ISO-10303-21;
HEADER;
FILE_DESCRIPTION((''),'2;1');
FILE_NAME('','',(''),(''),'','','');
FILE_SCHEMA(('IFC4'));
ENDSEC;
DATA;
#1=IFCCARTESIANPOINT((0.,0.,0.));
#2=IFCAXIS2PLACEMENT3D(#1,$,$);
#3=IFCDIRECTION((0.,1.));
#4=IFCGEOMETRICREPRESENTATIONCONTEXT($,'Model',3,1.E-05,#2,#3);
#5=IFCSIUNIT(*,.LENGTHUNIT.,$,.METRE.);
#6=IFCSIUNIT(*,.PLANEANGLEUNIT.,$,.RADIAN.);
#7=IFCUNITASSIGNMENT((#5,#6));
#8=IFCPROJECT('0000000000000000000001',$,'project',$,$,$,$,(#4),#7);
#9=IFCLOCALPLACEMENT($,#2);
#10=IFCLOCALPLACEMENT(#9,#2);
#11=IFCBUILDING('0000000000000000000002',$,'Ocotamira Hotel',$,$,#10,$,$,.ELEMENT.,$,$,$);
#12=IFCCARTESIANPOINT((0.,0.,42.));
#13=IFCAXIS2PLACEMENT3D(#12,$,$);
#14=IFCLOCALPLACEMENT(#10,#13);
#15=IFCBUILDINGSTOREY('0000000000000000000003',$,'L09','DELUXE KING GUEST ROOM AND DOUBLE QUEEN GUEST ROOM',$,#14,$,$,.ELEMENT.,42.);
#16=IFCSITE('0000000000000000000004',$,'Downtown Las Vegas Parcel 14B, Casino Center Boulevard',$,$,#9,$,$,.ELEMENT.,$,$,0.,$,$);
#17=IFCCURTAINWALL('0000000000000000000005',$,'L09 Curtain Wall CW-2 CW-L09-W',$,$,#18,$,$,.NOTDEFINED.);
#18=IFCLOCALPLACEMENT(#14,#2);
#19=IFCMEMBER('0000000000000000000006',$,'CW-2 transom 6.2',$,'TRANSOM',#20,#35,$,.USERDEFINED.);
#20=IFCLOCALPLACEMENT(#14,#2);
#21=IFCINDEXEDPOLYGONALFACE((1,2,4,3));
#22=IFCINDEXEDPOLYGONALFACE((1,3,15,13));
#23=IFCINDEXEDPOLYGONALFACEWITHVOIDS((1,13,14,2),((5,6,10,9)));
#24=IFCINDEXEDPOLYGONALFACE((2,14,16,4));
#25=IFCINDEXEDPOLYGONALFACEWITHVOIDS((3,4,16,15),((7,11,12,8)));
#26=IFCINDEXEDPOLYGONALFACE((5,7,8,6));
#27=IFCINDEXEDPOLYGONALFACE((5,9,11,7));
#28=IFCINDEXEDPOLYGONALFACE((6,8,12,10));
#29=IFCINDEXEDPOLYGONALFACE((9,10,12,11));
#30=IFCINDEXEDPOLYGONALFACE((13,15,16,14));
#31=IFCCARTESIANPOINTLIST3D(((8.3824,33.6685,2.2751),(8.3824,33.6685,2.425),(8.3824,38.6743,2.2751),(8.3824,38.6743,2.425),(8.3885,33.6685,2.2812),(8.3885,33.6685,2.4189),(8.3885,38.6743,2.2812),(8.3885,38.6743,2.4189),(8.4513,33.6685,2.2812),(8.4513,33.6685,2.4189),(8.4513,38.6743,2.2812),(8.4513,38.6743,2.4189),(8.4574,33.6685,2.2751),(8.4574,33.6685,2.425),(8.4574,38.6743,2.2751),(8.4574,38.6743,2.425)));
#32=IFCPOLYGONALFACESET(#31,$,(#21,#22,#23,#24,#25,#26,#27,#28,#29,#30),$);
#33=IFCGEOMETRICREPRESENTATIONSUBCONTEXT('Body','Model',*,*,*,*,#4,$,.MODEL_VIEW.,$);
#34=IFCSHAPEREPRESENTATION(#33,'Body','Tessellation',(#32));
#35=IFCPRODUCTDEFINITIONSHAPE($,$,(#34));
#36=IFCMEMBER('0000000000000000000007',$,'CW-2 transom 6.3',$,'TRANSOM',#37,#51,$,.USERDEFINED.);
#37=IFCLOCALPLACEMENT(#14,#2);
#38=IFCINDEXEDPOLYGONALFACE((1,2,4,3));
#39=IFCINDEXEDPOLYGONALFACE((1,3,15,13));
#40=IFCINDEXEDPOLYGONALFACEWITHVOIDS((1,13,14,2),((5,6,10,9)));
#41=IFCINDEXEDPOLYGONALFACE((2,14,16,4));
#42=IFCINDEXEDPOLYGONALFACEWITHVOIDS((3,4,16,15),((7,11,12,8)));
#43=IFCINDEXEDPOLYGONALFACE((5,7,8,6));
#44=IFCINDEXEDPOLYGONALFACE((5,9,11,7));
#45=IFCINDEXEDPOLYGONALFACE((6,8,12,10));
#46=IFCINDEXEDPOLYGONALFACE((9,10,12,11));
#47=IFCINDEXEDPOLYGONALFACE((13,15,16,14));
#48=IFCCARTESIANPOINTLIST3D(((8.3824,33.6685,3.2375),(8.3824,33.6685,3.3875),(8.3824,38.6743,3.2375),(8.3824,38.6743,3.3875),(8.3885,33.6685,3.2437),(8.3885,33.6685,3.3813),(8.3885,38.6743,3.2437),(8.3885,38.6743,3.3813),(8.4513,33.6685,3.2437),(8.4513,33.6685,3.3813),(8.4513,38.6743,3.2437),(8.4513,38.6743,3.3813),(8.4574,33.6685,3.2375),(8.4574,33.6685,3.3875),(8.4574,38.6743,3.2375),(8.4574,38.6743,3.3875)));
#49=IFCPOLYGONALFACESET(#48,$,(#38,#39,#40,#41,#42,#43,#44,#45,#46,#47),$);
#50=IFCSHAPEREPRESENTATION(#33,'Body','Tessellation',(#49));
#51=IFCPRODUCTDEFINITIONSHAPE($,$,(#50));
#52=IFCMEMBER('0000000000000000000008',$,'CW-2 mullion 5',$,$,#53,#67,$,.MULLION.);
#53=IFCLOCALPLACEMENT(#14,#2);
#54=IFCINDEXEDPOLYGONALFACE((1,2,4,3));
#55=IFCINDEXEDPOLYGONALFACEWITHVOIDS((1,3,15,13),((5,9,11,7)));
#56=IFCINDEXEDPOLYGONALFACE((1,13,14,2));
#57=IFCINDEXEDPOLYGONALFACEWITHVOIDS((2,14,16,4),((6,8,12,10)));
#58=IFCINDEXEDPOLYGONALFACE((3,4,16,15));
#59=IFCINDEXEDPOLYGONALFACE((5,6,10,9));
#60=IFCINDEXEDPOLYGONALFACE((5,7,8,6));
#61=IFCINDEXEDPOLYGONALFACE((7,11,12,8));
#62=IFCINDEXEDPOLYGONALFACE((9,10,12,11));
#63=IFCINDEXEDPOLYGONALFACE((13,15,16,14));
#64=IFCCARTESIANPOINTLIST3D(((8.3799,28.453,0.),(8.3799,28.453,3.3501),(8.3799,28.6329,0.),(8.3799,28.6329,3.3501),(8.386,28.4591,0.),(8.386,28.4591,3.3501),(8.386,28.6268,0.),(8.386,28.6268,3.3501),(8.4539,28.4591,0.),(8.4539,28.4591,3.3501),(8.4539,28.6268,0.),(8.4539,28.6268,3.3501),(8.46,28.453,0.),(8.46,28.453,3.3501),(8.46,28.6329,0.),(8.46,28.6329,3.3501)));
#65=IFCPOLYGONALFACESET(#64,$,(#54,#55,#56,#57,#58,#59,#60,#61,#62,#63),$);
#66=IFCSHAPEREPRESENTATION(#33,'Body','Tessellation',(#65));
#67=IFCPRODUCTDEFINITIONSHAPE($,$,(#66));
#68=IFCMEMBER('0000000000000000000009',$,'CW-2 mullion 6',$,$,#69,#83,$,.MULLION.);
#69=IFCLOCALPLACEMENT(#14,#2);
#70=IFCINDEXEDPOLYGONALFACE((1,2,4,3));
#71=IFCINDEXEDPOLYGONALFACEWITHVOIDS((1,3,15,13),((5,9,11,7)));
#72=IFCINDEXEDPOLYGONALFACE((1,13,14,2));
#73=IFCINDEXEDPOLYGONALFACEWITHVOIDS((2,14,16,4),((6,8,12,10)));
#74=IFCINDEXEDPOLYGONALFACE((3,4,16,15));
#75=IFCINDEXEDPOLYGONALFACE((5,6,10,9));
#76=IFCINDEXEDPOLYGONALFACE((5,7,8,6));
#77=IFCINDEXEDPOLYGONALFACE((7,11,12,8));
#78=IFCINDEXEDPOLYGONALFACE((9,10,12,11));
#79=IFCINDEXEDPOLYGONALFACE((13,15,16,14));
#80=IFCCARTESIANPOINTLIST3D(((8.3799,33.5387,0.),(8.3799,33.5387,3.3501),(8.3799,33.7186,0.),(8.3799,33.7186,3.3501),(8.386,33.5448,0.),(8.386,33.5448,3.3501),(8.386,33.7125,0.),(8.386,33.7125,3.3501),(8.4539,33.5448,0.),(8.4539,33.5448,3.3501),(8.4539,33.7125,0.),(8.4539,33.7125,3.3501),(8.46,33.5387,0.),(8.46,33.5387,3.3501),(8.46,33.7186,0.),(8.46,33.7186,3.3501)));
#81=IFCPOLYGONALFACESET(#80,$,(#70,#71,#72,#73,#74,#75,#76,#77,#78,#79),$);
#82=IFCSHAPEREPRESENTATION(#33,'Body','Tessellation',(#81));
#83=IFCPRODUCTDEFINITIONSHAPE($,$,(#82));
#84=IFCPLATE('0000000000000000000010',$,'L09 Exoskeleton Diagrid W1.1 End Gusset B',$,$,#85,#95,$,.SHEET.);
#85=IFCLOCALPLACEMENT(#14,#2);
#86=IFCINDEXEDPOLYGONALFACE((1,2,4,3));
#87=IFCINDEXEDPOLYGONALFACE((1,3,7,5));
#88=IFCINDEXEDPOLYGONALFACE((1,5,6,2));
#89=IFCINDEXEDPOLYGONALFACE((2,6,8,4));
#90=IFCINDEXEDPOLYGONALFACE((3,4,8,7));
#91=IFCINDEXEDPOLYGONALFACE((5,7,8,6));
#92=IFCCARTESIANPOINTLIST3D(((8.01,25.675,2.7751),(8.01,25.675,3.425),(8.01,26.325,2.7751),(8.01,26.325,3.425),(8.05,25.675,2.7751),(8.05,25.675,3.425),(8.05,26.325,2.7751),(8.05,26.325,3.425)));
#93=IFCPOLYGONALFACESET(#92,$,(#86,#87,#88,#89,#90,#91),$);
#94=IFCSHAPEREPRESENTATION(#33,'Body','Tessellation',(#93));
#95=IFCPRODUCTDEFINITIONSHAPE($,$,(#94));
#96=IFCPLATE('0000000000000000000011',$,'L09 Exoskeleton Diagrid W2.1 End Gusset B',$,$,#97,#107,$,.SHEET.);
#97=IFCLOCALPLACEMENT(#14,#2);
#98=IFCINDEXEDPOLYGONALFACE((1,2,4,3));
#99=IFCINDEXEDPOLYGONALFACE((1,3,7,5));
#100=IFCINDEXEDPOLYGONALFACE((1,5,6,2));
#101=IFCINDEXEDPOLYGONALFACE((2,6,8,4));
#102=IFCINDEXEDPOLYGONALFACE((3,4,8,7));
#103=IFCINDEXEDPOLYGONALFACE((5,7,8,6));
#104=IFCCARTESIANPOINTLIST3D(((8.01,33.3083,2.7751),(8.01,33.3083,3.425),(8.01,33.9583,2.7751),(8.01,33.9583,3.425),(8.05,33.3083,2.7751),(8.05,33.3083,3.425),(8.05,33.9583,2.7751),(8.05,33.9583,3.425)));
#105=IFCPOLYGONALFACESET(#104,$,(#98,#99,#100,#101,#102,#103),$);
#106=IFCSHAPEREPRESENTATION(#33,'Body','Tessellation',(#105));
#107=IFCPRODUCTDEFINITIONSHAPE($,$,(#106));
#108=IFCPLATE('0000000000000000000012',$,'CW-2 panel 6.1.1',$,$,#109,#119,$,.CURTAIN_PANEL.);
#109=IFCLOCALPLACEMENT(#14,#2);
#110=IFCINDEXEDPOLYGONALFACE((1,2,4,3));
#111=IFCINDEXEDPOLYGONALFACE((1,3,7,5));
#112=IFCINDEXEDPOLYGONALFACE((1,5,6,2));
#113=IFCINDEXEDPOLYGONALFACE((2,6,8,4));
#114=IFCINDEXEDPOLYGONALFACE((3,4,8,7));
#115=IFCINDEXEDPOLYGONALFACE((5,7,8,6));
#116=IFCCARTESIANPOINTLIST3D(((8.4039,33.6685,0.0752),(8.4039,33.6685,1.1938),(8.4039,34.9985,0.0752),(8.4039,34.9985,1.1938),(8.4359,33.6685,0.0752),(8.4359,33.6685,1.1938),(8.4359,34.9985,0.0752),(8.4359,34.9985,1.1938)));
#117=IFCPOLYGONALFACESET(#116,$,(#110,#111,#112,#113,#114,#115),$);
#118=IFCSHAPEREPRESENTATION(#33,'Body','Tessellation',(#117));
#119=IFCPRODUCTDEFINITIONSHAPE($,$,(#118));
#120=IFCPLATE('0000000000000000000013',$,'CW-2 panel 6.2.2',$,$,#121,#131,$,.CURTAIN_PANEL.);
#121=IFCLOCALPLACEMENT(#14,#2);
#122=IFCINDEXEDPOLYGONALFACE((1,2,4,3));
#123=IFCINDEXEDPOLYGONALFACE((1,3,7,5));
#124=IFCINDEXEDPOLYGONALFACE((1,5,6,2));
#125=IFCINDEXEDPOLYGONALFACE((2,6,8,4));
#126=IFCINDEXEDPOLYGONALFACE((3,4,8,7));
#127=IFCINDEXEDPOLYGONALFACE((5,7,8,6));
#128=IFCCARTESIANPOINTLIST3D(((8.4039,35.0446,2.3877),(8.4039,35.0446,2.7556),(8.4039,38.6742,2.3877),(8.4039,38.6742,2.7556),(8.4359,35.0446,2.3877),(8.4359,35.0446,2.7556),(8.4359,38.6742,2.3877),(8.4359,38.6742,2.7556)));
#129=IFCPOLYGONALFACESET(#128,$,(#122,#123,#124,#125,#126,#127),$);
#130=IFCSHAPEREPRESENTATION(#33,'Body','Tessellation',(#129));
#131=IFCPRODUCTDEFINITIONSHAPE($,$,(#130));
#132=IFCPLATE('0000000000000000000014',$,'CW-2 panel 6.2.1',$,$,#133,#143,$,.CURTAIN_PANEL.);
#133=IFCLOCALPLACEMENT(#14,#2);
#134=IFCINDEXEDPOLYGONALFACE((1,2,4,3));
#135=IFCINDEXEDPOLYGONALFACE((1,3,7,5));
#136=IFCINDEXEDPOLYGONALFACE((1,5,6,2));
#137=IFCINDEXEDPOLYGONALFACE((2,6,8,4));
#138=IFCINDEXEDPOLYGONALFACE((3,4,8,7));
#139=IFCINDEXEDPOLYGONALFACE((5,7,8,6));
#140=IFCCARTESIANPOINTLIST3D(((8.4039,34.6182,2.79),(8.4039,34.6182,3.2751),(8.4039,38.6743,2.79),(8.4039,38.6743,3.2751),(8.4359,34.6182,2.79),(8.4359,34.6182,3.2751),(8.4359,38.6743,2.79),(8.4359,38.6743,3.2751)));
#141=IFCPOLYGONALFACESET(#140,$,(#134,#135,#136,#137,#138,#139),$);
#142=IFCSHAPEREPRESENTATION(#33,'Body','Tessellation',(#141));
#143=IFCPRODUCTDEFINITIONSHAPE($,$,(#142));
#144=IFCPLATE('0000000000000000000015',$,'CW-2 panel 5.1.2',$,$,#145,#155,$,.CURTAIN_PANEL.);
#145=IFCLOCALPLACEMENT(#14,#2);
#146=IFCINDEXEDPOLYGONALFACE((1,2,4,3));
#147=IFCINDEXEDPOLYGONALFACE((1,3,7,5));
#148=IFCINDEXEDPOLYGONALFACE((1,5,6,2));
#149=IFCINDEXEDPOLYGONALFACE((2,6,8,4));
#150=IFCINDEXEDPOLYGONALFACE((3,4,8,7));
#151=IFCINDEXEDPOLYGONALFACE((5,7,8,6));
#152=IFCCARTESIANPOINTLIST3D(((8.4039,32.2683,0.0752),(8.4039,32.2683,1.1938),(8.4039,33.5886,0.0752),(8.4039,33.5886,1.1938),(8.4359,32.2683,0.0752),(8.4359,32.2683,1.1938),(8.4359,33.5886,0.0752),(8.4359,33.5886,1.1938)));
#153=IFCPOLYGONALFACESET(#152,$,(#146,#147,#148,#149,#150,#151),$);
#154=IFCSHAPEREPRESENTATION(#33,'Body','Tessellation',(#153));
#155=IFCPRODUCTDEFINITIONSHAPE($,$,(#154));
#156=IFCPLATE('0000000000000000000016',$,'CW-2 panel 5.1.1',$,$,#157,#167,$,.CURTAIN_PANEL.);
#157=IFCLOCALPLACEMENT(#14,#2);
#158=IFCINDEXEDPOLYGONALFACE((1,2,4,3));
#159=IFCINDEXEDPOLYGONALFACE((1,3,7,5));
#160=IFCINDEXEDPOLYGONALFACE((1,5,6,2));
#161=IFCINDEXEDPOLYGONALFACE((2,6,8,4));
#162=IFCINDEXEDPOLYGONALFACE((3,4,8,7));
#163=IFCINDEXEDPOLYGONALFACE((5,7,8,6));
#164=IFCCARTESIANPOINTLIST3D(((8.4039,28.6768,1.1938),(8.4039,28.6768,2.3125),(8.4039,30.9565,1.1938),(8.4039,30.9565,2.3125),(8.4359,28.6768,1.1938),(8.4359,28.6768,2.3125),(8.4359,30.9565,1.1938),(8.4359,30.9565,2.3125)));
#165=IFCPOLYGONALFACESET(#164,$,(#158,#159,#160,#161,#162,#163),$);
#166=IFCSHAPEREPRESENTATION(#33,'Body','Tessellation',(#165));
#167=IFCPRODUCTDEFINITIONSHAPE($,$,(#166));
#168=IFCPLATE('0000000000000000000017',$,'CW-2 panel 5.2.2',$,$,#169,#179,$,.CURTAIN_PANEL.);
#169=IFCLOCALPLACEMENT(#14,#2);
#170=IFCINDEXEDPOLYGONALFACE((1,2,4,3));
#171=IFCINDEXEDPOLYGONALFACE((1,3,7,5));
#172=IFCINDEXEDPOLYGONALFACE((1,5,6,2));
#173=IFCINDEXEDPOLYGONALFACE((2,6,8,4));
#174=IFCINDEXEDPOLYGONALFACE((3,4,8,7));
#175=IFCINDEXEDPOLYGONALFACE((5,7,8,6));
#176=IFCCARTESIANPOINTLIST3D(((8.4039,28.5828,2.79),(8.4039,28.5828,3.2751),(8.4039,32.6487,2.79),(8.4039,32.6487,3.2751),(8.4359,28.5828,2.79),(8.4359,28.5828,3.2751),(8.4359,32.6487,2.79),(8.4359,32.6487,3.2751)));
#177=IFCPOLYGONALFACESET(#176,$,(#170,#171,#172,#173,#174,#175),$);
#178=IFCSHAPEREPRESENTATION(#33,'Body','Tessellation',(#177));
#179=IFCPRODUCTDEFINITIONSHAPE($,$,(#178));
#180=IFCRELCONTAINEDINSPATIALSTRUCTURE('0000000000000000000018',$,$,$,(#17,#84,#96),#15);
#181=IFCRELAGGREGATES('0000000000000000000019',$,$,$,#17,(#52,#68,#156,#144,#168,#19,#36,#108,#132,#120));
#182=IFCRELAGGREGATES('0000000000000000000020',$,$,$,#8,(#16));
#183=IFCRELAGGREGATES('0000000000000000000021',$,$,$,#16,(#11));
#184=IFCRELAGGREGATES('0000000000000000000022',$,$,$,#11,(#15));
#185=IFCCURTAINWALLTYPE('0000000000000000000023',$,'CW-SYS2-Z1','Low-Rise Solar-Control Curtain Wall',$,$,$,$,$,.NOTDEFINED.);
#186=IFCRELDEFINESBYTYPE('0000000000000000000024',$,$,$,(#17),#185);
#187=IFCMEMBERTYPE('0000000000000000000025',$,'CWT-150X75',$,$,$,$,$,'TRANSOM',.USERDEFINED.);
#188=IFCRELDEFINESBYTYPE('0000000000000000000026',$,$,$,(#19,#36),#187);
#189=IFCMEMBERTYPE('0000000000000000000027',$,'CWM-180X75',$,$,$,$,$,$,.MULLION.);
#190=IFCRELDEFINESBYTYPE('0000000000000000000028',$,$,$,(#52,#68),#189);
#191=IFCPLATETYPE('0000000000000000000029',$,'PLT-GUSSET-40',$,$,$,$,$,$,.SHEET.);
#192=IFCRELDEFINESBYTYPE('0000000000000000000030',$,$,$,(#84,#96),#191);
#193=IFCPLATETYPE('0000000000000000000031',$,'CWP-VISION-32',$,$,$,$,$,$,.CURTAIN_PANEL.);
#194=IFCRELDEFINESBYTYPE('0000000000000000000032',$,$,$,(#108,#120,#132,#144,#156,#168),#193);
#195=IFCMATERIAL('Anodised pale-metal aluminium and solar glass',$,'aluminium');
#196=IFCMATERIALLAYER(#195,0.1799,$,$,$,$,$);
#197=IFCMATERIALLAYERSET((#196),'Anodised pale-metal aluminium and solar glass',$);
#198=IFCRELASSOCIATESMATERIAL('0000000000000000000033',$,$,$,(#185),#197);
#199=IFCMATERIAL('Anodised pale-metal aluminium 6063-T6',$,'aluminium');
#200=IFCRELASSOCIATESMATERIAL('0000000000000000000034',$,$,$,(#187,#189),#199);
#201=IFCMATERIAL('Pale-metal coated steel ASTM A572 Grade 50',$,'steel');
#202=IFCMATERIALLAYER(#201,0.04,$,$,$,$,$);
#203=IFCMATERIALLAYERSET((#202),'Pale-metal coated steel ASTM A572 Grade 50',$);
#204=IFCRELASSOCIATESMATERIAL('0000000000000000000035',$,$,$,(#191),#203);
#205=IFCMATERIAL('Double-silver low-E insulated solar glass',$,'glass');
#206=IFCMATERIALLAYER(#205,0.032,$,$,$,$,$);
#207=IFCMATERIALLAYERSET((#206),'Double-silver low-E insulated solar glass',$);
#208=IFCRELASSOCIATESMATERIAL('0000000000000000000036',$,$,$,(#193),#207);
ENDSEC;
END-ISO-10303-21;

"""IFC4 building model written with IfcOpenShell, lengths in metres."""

from ifc_helpers import new_model, si_unit, direction, frame, origin, origin_2d, place, context, subcontext, project, spatial, rectangle, hollow_rectangle, extrude, source, transform, mapped, material, layer, layer_set, material_profile, profile_set, type_object, element, aggregate, save


model = new_model("IFC4")

# Units and contexts
model_context = context("Model", 3, precision=1e-05, world=origin(), true_north=direction((0.0, 1.0)))
body_context = subcontext(model_context, "Body", "Model", "MODEL_VIEW")
ifc_project = project(units=[si_unit("LENGTHUNIT", "METRE"), si_unit("PLANEANGLEUNIT", "RADIAN")], contexts=[model_context])

# Site, building, storey
site_placement = place(None, origin())
site = spatial("IfcSite", under=ifc_project, at=site_placement, Name="Downtown Las Vegas Parcel 14B, Casino Center Boulevard", CompositionType="ELEMENT", RefElevation=0.0)
building_placement = place(site_placement, origin())
building = spatial("IfcBuilding", under=site, at=building_placement, Name="Ocotamira Hotel", CompositionType="ELEMENT")
storey_placement = place(building_placement, frame((0.0, 0.0, 42.0)))
storey = spatial("IfcBuildingStorey", under=building, at=storey_placement, Name="L09", Description="DELUXE KING GUEST ROOM AND DOUBLE QUEEN GUEST ROOM", CompositionType="ELEMENT", Elevation=42.0)

# Curtain wall, members
ifc_material_1 = material(Name="Anodised pale-metal aluminium and solar glass", Category="aluminium")
ifc_layer_1 = layer(ifc_material_1, 0.1799)
ifc_layer_set_1 = layer_set([ifc_layer_1], Name="Anodised pale-metal aluminium and solar glass")
curtain_wall_type = type_object("IfcCurtainWallType", Name="CW-SYS2-Z1", Description="Low-Rise Solar-Control Curtain Wall", PredefinedType="NOTDEFINED", material=ifc_layer_set_1)
curtain_wall_placement = place(storey_placement, origin())
curtain_wall = element("IfcCurtainWall", 1, at=curtain_wall_placement, inside=storey, type_object=curtain_wall_type, Name="L09 Curtain Wall CW-2 CW-L09-W", PredefinedType="NOTDEFINED")
ifc_material_2 = material(Name="Anodised pale-metal aluminium 6063-T6", Category="aluminium")
ifc_material_profile_1 = material_profile(ifc_material_2, hollow_rectangle(XDim=0.075, YDim=0.1499, WallThickness=0.0061, at=origin_2d()), Name="HSS150X75X6")
ifc_profile_set_1 = profile_set([ifc_material_profile_1], Name="Anodised pale-metal aluminium 6063-T6")
member_type_1 = type_object("IfcMemberType", Name="CWT-150X75", ElementType="TRANSOM", PredefinedType="USERDEFINED", material=ifc_profile_set_1)
shared_shape_1 = source(origin(), body_context, "Body", "SweptSolid", [
    extrude(hollow_rectangle(XDim=0.075, YDim=0.1499, WallThickness=0.0061, at=origin_2d()), origin(), (0.0, 0.0, 1.0), 5.0059),
])
member_1_placement = place(storey_placement, frame((8.4199, 33.6685, 2.3501), z_axis=(0.0, 1.0, 0.0), x_axis=(-1.0, 0.0, 0.0)))
member_1 = element("IfcMember", 2, at=member_1_placement, type_object=member_type_1, Name="CW-2 transom 6.2", ObjectType="TRANSOM", PredefinedType="USERDEFINED", context=body_context, shape_type="MappedRepresentation", body=[
    mapped(shared_shape_1, transform((0.0, 0.0, 0.0), scale=1.0)),
])
member_2_placement = place(storey_placement, frame((8.4199, 33.6685, 3.3125), z_axis=(0.0, 1.0, 0.0), x_axis=(-1.0, 0.0, 0.0)))
member_2 = element("IfcMember", 3, at=member_2_placement, type_object=member_type_1, Name="CW-2 transom 6.3", ObjectType="TRANSOM", PredefinedType="USERDEFINED", context=body_context, shape_type="MappedRepresentation", body=[
    mapped(shared_shape_1, transform((0.0, 0.0, 0.0), scale=1.0)),
])
ifc_material_profile_2 = material_profile(ifc_material_2, hollow_rectangle(XDim=0.0801, YDim=0.1799, WallThickness=0.0061, at=origin_2d()), Name="HSS180X80X6")
ifc_profile_set_2 = profile_set([ifc_material_profile_2], Name="Anodised pale-metal aluminium 6063-T6")
member_type_2 = type_object("IfcMemberType", Name="CWM-180X75", PredefinedType="MULLION", material=ifc_profile_set_2)
shared_shape_2 = source(origin(), body_context, "Body", "SweptSolid", [
    extrude(hollow_rectangle(XDim=0.0801, YDim=0.1799, WallThickness=0.0061, at=origin_2d()), origin(), (0.0, 0.0, 1.0), 3.3501),
])
member_3_placement = place(storey_placement, frame((8.4199, 28.543, 0.0), z_axis=(0.0, 0.0, 1.0), x_axis=(-1.0, 0.0, 0.0)))
member_3 = element("IfcMember", 4, at=member_3_placement, type_object=member_type_2, Name="CW-2 mullion 5", PredefinedType="MULLION", context=body_context, shape_type="MappedRepresentation", body=[
    mapped(shared_shape_2, transform((0.0, 0.0, 0.0), scale=1.0)),
])
member_4_placement = place(storey_placement, frame((8.4199, 33.6287, 0.0), z_axis=(0.0, 0.0, 1.0), x_axis=(-1.0, 0.0, 0.0)))
member_4 = element("IfcMember", 5, at=member_4_placement, type_object=member_type_2, Name="CW-2 mullion 6", PredefinedType="MULLION", context=body_context, shape_type="MappedRepresentation", body=[
    mapped(shared_shape_2, transform((0.0, 0.0, 0.0), scale=1.0)),
])

# Plates
ifc_material_3 = material(Name="Pale-metal coated steel ASTM A572 Grade 50", Category="steel")
ifc_layer_2 = layer(ifc_material_3, 0.04)
ifc_layer_set_2 = layer_set([ifc_layer_2], Name="Pale-metal coated steel ASTM A572 Grade 50")
plate_type_1 = type_object("IfcPlateType", Name="PLT-GUSSET-40", PredefinedType="SHEET", material=ifc_layer_set_2)
shared_shape_3 = source(origin(), body_context, "Body", "SweptSolid", [
    extrude(rectangle(XDim=0.04, YDim=0.6499, at=origin_2d()), origin(), (0.0, 0.0, 1.0), 0.6499),
])
for number, where, z_axis, x_axis, name in (
    (6, (8.03, 26.0, 2.7751), (0.0, 0.0, 1.0), (1.0, 0.0, 0.0), "L09 Exoskeleton Diagrid W1.1 End Gusset B"),
    (7, (8.03, 33.6333, 2.7751), (0.0, 0.0, 1.0), (1.0, 0.0, 0.0), "L09 Exoskeleton Diagrid W2.1 End Gusset B"),
):
    element("IfcPlate", number, at=place(storey_placement, frame(where, z_axis=z_axis, x_axis=x_axis)), inside=storey, type_object=plate_type_1, Name=name, PredefinedType="SHEET", context=body_context, shape_type="MappedRepresentation", body=[
        mapped(shared_shape_3, transform((0.0, 0.0, 0.0), scale=1.0)),
    ])

# Plates
ifc_material_4 = material(Name="Double-silver low-E insulated solar glass", Category="glass")
ifc_layer_3 = layer(ifc_material_4, 0.032)
ifc_layer_set_3 = layer_set([ifc_layer_3], Name="Double-silver low-E insulated solar glass")
plate_type_2 = type_object("IfcPlateType", Name="CWP-VISION-32", PredefinedType="CURTAIN_PANEL", material=ifc_layer_set_3)
shared_shape_4 = source(origin(), body_context, "Body", "SweptSolid", [
    extrude(rectangle(XDim=1.3301, YDim=0.032, at=origin_2d()), origin(), (0.0, 0.0, 1.0), 1.1187),
])
plate_1_placement = place(storey_placement, frame((8.4199, 34.3335, 0.0752), z_axis=(0.0, 0.0, 1.0), x_axis=(0.0, 1.0, 0.0)))
plate_1 = element("IfcPlate", 8, at=plate_1_placement, type_object=plate_type_2, Name="CW-2 panel 6.1.1", PredefinedType="CURTAIN_PANEL", context=body_context, shape_type="MappedRepresentation", body=[
    mapped(shared_shape_4, transform((0.0, 0.0, 0.0), scale=1.0)),
])
shared_shape_5 = source(origin(), body_context, "Body", "SweptSolid", [
    extrude(rectangle(XDim=3.6296, YDim=0.032, at=origin_2d()), origin(), (0.0, 0.0, 1.0), 0.3679),
])
plate_2_placement = place(storey_placement, frame((8.4199, 36.8594, 2.3877), z_axis=(0.0, 0.0, 1.0), x_axis=(0.0, 1.0, 0.0)))
plate_2 = element("IfcPlate", 9, at=plate_2_placement, type_object=plate_type_2, Name="CW-2 panel 6.2.2", PredefinedType="CURTAIN_PANEL", context=body_context, shape_type="MappedRepresentation", body=[
    mapped(shared_shape_5, transform((0.0, 0.0, 0.0), scale=1.0)),
])
shared_shape_6 = source(origin(), body_context, "Body", "SweptSolid", [
    extrude(rectangle(XDim=4.0562, YDim=0.032, at=origin_2d()), origin(), (0.0, 0.0, 1.0), 0.4851),
])
plate_3_placement = place(storey_placement, frame((8.4199, 36.6462, 2.79), z_axis=(0.0, 0.0, 1.0), x_axis=(0.0, 1.0, 0.0)))
plate_3 = element("IfcPlate", 10, at=plate_3_placement, type_object=plate_type_2, Name="CW-2 panel 6.2.1", PredefinedType="CURTAIN_PANEL", context=body_context, shape_type="MappedRepresentation", body=[
    mapped(shared_shape_6, transform((0.0, 0.0, 0.0), scale=1.0)),
])
shared_shape_7 = source(origin(), body_context, "Body", "SweptSolid", [
    extrude(rectangle(XDim=1.3203, YDim=0.032, at=origin_2d()), origin(), (0.0, 0.0, 1.0), 1.1187),
])
plate_4_placement = place(storey_placement, frame((8.4199, 32.9285, 0.0752), z_axis=(0.0, 0.0, 1.0), x_axis=(0.0, 1.0, 0.0)))
plate_4 = element("IfcPlate", 11, at=plate_4_placement, type_object=plate_type_2, Name="CW-2 panel 5.1.2", PredefinedType="CURTAIN_PANEL", context=body_context, shape_type="MappedRepresentation", body=[
    mapped(shared_shape_7, transform((0.0, 0.0, 0.0), scale=1.0)),
])
shared_shape_8 = source(origin(), body_context, "Body", "SweptSolid", [
    extrude(rectangle(XDim=2.2798, YDim=0.032, at=origin_2d()), origin(), (0.0, 0.0, 1.0), 1.1187),
])
plate_5_placement = place(storey_placement, frame((8.4199, 29.8167, 1.1938), z_axis=(0.0, 0.0, 1.0), x_axis=(0.0, 1.0, 0.0)))
plate_5 = element("IfcPlate", 12, at=plate_5_placement, type_object=plate_type_2, Name="CW-2 panel 5.1.1", PredefinedType="CURTAIN_PANEL", context=body_context, shape_type="MappedRepresentation", body=[
    mapped(shared_shape_8, transform((0.0, 0.0, 0.0), scale=1.0)),
])
shared_shape_9 = source(origin(), body_context, "Body", "SweptSolid", [
    extrude(rectangle(XDim=4.0659, YDim=0.032, at=origin_2d()), origin(), (0.0, 0.0, 1.0), 0.4851),
])
plate_6_placement = place(storey_placement, frame((8.4199, 30.6157, 2.79), z_axis=(0.0, 0.0, 1.0), x_axis=(0.0, 1.0, 0.0)))
plate_6 = element("IfcPlate", 13, at=plate_6_placement, type_object=plate_type_2, Name="CW-2 panel 5.2.2", PredefinedType="CURTAIN_PANEL", context=body_context, shape_type="MappedRepresentation", body=[
    mapped(shared_shape_9, transform((0.0, 0.0, 0.0), scale=1.0)),
])
aggregate(curtain_wall, [member_3, member_4, plate_5, plate_4, plate_6, member_1, member_2, plate_1, plate_3, plate_2])

save(model, "model.ifc")
